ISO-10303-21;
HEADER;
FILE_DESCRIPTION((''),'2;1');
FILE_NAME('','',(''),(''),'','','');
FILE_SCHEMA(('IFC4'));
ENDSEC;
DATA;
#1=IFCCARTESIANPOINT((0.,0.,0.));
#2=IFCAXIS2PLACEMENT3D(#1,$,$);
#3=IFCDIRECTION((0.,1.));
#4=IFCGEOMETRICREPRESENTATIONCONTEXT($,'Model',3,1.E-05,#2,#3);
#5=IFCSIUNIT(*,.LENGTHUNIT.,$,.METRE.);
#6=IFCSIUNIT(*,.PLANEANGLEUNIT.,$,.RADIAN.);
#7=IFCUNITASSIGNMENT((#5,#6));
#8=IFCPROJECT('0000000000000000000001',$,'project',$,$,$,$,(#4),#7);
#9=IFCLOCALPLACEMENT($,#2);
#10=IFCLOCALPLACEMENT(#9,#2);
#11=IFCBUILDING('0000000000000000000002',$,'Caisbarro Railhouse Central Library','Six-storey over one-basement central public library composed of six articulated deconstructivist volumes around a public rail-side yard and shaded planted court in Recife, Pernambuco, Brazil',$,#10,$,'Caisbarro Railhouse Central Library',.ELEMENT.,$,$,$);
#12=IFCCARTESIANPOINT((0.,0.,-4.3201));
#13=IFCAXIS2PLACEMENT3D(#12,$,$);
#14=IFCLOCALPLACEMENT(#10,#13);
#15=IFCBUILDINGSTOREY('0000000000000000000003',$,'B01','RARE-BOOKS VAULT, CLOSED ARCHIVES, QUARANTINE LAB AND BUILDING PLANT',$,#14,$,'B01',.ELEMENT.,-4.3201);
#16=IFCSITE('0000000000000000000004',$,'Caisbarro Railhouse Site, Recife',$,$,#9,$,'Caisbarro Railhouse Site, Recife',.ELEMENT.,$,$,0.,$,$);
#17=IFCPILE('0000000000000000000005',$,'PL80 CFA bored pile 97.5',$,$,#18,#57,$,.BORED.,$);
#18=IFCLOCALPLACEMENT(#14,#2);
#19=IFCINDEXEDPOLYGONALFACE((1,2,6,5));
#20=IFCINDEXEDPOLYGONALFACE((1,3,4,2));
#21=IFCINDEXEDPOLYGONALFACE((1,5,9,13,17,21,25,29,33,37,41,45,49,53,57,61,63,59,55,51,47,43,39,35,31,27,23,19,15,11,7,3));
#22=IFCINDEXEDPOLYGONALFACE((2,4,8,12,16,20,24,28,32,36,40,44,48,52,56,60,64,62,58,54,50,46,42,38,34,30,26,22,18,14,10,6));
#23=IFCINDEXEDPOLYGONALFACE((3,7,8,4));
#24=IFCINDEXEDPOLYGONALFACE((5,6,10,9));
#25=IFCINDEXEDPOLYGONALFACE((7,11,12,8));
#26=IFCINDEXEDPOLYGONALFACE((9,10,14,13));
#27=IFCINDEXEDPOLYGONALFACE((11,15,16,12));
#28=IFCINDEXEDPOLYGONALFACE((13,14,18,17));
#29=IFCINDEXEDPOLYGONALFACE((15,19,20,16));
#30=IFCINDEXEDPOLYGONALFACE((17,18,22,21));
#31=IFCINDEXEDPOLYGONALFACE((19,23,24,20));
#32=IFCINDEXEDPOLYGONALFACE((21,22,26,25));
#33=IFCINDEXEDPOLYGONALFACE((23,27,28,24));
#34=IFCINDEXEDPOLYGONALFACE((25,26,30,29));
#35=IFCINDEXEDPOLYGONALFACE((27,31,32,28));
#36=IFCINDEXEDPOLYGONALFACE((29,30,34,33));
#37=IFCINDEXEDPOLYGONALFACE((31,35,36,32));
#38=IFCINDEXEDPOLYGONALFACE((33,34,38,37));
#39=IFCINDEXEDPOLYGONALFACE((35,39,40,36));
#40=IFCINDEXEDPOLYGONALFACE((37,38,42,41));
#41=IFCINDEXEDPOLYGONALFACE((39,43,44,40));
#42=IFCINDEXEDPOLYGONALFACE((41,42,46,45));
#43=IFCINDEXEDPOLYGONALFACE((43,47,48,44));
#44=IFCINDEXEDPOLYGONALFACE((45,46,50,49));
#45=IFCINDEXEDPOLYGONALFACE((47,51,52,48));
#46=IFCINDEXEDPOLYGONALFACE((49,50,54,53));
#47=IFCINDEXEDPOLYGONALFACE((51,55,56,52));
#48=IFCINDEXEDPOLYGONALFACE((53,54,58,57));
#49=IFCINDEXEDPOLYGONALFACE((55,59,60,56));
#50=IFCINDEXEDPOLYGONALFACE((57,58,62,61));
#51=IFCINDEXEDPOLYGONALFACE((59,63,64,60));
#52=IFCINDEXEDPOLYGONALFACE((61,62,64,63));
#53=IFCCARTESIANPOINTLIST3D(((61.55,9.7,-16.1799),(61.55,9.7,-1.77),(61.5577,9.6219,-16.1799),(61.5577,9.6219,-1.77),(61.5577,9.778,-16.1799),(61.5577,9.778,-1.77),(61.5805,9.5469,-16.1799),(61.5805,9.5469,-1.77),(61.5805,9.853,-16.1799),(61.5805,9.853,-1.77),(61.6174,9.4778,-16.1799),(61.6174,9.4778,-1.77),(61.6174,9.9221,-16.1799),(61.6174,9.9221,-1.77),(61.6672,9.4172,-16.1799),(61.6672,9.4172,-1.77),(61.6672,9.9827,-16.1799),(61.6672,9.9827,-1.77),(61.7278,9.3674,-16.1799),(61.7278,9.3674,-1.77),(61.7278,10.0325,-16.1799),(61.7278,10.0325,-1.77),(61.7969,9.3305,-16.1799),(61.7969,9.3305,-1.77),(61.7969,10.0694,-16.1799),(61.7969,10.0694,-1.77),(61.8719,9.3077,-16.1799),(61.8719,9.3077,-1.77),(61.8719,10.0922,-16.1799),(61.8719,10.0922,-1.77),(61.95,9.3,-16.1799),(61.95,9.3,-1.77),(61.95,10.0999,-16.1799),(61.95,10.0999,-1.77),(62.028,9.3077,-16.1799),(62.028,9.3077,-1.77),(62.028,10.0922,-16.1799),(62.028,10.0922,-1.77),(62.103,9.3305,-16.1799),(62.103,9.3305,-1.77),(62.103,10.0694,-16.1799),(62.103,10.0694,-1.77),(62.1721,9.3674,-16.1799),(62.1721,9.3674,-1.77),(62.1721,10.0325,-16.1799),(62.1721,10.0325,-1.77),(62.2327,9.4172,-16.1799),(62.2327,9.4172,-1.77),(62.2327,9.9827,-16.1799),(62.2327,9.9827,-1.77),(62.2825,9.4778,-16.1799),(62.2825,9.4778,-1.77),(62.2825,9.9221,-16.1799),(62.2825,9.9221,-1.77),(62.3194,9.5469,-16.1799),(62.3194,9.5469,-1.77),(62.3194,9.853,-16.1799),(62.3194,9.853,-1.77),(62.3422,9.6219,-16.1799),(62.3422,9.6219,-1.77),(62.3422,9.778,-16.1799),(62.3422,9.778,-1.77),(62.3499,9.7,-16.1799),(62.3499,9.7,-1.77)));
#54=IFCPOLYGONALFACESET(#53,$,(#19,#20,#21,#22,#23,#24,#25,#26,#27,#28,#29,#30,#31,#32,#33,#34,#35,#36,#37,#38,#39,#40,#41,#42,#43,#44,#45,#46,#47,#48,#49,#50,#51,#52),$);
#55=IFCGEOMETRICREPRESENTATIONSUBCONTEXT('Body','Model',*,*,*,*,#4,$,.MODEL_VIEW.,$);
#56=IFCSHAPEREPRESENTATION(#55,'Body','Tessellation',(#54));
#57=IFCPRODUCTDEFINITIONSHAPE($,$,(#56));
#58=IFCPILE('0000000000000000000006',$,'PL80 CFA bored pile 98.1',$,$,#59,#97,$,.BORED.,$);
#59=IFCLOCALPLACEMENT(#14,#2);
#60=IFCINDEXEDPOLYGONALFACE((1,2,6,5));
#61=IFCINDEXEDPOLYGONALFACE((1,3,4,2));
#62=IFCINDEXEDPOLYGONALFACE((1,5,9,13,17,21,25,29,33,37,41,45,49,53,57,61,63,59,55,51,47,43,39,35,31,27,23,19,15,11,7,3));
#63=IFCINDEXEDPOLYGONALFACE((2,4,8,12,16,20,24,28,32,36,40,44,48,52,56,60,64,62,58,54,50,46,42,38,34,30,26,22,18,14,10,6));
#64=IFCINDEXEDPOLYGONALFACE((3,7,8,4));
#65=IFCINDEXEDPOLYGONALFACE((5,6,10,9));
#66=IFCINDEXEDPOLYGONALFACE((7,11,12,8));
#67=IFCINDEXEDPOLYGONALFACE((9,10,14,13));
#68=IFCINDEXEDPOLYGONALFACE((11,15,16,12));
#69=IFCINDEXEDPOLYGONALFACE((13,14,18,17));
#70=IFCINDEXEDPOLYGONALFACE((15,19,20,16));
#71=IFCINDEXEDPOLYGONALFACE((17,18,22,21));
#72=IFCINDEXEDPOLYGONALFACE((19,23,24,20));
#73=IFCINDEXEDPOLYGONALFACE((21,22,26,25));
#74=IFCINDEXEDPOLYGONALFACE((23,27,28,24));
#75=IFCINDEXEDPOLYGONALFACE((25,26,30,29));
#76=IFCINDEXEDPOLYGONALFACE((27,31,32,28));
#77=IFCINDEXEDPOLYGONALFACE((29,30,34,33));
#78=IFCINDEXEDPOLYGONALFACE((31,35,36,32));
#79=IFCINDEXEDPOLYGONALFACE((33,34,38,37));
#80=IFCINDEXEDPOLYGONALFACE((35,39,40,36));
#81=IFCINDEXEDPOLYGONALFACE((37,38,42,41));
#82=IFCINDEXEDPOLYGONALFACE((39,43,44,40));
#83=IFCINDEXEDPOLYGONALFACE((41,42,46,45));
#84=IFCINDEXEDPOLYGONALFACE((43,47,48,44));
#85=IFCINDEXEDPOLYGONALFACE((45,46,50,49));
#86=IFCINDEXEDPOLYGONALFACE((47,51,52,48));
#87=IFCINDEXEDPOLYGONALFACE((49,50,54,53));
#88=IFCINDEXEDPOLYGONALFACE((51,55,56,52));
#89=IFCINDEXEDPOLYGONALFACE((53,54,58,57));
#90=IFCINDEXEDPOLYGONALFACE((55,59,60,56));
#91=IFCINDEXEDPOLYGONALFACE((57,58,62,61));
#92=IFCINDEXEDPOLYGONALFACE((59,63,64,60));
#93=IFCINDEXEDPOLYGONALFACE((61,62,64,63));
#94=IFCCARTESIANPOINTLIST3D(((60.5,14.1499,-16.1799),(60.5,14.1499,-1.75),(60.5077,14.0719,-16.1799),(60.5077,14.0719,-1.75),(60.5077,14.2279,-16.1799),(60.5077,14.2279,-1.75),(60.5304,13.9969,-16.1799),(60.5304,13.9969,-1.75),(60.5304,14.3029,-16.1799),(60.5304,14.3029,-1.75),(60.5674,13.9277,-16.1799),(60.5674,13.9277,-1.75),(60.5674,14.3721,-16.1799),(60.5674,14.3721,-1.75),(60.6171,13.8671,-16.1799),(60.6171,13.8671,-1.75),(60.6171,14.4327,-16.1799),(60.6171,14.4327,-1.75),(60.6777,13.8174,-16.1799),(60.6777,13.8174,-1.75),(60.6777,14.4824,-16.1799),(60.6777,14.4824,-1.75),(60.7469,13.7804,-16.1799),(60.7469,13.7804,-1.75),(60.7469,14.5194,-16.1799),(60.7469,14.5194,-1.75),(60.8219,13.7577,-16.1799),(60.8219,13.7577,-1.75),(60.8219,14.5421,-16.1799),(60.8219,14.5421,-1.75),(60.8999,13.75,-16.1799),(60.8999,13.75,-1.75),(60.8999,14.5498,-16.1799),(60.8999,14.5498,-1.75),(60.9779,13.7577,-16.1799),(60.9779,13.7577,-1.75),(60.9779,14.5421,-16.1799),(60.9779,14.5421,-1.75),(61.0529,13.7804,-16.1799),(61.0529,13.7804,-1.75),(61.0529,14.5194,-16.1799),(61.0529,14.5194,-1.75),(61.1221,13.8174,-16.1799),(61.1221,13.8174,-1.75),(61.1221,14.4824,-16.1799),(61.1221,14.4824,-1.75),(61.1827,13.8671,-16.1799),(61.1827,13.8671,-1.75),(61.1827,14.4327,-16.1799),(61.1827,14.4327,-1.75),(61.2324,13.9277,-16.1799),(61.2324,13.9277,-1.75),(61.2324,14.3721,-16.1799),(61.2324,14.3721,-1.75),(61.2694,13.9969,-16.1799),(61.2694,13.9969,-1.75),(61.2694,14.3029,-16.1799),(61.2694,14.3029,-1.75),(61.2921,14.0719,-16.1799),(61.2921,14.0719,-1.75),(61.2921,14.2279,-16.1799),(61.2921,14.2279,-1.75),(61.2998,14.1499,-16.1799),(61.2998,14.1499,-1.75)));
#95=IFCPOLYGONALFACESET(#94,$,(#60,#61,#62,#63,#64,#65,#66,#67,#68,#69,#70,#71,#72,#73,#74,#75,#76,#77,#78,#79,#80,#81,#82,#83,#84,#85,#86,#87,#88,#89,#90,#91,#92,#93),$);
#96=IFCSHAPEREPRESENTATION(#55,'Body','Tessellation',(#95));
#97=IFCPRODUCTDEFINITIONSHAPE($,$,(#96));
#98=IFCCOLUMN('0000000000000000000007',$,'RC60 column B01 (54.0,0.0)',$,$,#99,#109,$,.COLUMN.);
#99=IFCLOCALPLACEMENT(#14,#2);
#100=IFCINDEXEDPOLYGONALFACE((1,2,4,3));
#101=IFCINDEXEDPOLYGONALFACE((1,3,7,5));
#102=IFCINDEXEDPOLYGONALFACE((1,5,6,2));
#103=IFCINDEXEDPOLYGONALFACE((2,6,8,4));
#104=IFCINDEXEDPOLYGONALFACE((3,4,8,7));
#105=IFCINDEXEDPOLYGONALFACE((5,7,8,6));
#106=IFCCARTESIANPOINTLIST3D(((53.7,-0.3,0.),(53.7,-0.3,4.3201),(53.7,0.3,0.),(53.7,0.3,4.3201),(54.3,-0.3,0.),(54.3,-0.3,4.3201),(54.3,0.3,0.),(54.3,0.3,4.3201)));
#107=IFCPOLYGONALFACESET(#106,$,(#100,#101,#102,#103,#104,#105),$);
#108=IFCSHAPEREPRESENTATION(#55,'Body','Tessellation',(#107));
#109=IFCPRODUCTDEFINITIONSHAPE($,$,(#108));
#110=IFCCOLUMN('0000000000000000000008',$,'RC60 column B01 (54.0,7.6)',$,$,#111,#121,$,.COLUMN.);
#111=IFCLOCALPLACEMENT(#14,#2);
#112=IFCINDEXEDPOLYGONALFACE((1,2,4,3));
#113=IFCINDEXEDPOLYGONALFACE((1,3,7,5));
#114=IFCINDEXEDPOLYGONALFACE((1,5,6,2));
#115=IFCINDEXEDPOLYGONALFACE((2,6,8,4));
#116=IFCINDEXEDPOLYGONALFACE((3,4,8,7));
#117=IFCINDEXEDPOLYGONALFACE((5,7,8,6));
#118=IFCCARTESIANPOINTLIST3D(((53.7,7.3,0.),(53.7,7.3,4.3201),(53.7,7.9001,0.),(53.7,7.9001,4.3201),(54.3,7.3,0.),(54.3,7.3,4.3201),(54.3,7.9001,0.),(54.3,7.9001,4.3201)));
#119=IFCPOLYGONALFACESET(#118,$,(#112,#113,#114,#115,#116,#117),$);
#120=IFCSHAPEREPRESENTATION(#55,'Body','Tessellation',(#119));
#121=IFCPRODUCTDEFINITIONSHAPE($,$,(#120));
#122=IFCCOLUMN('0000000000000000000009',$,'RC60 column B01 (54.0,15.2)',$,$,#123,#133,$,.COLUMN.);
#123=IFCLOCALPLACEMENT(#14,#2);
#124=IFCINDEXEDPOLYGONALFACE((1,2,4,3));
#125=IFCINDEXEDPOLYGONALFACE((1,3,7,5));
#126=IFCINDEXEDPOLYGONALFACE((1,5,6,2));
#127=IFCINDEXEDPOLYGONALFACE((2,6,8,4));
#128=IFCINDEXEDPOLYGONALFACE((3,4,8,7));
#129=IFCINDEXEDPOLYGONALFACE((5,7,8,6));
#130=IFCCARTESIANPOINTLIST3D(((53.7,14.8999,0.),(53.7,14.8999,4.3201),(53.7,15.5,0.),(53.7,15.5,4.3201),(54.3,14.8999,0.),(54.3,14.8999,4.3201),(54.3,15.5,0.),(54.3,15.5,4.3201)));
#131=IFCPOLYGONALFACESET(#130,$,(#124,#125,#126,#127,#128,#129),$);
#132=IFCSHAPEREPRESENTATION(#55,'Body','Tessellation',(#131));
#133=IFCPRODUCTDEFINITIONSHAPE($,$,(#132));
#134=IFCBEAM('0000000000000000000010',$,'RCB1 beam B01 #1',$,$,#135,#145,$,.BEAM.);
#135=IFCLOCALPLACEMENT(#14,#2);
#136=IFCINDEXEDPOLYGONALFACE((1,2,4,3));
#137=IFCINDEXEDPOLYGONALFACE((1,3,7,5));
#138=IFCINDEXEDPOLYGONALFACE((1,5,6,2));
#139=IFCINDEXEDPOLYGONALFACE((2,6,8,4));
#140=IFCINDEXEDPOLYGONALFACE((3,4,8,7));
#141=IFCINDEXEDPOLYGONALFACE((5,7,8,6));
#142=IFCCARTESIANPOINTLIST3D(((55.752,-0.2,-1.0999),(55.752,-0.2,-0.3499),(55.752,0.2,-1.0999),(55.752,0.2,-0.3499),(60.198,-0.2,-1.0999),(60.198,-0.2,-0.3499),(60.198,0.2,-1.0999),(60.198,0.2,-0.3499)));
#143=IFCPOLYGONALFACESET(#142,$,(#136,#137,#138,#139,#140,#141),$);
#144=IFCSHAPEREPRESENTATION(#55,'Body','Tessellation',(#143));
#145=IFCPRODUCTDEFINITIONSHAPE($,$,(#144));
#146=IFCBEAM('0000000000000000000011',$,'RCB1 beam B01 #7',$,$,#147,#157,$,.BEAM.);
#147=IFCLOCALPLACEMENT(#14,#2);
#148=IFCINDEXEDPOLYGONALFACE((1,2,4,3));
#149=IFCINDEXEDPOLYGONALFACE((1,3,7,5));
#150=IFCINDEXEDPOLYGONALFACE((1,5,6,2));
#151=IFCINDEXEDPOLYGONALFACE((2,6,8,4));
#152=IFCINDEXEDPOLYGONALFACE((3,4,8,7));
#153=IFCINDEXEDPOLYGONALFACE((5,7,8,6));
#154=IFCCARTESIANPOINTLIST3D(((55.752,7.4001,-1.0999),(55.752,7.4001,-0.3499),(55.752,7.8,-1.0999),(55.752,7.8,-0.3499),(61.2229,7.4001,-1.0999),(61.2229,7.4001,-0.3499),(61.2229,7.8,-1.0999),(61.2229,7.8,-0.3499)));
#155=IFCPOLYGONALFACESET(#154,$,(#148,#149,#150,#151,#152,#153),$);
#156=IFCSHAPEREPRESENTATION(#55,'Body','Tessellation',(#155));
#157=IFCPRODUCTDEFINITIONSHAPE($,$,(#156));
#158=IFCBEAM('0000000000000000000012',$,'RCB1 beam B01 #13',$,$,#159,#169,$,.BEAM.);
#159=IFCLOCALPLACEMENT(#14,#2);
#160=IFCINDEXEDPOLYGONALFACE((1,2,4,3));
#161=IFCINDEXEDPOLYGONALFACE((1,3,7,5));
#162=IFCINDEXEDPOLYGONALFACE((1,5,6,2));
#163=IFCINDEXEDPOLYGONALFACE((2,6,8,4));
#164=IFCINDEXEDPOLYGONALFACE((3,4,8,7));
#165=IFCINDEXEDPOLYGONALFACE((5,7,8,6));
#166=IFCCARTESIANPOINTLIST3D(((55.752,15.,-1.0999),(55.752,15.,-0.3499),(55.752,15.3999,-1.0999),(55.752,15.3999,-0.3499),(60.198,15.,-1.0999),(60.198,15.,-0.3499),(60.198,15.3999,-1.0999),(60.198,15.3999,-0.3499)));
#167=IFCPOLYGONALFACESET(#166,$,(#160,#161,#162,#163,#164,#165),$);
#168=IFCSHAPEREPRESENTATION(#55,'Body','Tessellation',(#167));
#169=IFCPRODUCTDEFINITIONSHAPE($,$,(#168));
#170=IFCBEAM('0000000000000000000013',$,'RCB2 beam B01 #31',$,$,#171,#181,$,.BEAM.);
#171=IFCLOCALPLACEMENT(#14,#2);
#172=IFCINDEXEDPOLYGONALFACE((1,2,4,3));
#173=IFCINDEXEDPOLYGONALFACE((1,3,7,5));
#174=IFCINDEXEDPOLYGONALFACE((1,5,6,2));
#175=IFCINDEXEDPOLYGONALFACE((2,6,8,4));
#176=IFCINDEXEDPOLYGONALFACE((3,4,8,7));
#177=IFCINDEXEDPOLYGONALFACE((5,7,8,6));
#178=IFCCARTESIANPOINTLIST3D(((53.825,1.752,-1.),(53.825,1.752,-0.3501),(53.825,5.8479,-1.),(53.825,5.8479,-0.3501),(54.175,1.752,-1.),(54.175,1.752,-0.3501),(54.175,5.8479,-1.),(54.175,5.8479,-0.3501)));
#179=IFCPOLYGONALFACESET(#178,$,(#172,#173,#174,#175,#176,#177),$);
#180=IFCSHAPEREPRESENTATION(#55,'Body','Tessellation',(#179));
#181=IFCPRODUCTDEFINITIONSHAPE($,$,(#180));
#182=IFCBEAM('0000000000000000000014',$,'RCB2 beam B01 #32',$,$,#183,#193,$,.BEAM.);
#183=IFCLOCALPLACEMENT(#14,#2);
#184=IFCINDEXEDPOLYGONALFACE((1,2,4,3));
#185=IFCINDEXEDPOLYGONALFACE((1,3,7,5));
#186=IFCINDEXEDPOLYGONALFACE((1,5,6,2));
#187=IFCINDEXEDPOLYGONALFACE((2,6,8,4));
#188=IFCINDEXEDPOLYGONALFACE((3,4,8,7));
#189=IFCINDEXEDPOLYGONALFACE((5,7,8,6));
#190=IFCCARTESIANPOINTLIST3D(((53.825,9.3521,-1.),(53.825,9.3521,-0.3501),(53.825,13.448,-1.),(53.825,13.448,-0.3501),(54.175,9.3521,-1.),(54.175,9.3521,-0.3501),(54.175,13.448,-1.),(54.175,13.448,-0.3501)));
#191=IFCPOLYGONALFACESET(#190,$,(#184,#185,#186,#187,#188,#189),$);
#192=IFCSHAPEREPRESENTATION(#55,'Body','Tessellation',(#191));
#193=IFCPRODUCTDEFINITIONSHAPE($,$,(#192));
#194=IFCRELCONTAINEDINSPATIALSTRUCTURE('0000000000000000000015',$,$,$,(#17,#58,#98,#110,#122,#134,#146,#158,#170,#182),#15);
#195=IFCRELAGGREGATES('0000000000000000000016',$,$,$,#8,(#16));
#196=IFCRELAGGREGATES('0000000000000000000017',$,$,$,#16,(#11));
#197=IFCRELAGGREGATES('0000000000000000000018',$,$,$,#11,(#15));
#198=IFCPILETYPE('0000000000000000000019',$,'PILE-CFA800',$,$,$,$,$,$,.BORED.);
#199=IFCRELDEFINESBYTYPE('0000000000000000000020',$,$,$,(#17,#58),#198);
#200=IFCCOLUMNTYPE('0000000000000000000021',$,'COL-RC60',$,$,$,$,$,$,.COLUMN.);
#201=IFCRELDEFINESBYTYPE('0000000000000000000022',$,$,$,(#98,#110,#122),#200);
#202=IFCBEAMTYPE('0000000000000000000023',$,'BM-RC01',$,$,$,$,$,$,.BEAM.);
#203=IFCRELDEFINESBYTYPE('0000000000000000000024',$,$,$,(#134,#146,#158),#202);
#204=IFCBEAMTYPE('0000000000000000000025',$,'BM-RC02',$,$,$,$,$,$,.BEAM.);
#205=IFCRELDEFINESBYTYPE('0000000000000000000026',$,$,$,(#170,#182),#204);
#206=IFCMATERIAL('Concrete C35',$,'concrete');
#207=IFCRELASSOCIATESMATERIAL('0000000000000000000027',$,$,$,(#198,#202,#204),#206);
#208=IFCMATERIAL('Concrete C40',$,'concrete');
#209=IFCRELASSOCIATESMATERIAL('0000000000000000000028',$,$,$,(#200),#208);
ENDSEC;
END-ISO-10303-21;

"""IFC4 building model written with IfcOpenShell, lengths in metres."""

from ifc_helpers import new_model, si_unit, direction, frame, origin, origin_2d, place, context, subcontext, project, spatial, rectangle, circle, extrude, material, material_profile, profile_set, type_object, element, save


model = new_model("IFC4")

# Units and contexts
model_context = context("Model", 3, precision=1e-05, world=origin(), true_north=direction((0.0, 1.0)))
body_context = subcontext(model_context, "Body", "Model", "MODEL_VIEW")
ifc_project = project(units=[si_unit("LENGTHUNIT", "METRE"), si_unit("PLANEANGLEUNIT", "RADIAN")], contexts=[model_context])

# Site, building, storey
site_placement = place(None, origin())
site = spatial("IfcSite", under=ifc_project, at=site_placement, Name="Caisbarro Railhouse Site, Recife", LongName="Caisbarro Railhouse Site, Recife", CompositionType="ELEMENT", RefElevation=0.0)
building_placement = place(site_placement, origin())
building = spatial("IfcBuilding", under=site, at=building_placement, Name="Caisbarro Railhouse Central Library", Description="Six-storey over one-basement central public library composed of six articulated deconstructivist volumes around a public rail-side yard and shaded planted court in Recife, Pernambuco, Brazil", LongName="Caisbarro Railhouse Central Library", CompositionType="ELEMENT")
storey_placement = place(building_placement, frame((0.0, 0.0, -4.3201)))
storey = spatial("IfcBuildingStorey", under=building, at=storey_placement, Name="B01", Description="RARE-BOOKS VAULT, CLOSED ARCHIVES, QUARANTINE LAB AND BUILDING PLANT", LongName="B01", CompositionType="ELEMENT", Elevation=-4.3201)

# Shared definitions
ifc_material_1 = material(Name="Concrete C40", Category="concrete")

# Piles
ifc_material_2 = material(Name="Concrete C35", Category="concrete")
ifc_material_profile_1 = material_profile(ifc_material_2, circle(Radius=0.3999, at=origin_2d()), Name="PILE-CFA-800")
ifc_profile_set_1 = profile_set([ifc_material_profile_1], Name="Concrete C35")
pile_type = type_object("IfcPileType", Name="PILE-CFA800", PredefinedType="BORED", material=ifc_profile_set_1)
for number, where, z_axis, x_axis, name in (
    (1, (61.95, 9.7, -1.77), (0.0, 0.0, -1.0), (1.0, 0.0, 0.0), "PL80 CFA bored pile 97.5"),
):
    element("IfcPile", number, at=place(storey_placement, frame(where, z_axis=z_axis, x_axis=x_axis)), inside=storey, type_object=pile_type, Name=name, PredefinedType="BORED", context=body_context, shape_type="SweptSolid", body=[
        extrude(circle(Radius=0.3999, at=origin_2d()), origin(), (0.0, 0.0, 1.0), 14.4099),
    ])
pile_placement = place(storey_placement, frame((60.8999, 14.1499, -1.75), z_axis=(0.0, 0.0, -1.0), x_axis=(1.0, 0.0, 0.0)))
element("IfcPile", 2, at=pile_placement, inside=storey, type_object=pile_type, Name="PL80 CFA bored pile 98.1", PredefinedType="BORED", context=body_context, shape_type="SweptSolid", body=[
    extrude(circle(Radius=0.3999, at=origin_2d()), origin(), (0.0, 0.0, 1.0), 14.4299),
])

# Columns
ifc_material_profile_2 = material_profile(ifc_material_1, rectangle(XDim=0.6001, YDim=0.6001, at=origin_2d()), Name="RC-COL-600X600")
ifc_profile_set_2 = profile_set([ifc_material_profile_2], Name="Concrete C40")
column_type = type_object("IfcColumnType", Name="COL-RC60", PredefinedType="COLUMN", material=ifc_profile_set_2)
for number, where, z_axis, x_axis, name in (
    (3, (54.0, 0.0, 0.0), (0.0, 0.0, 1.0), (1.0, 0.0, 0.0), "RC60 column B01 (54.0,0.0)"),
    (4, (54.0, 7.6001, 0.0), (0.0, 0.0, 1.0), (1.0, 0.0, 0.0), "RC60 column B01 (54.0,7.6)"),
    (5, (54.0, 15.2, 0.0), (0.0, 0.0, 1.0), (1.0, 0.0, 0.0), "RC60 column B01 (54.0,15.2)"),
):
    element("IfcColumn", number, at=place(storey_placement, frame(where, z_axis=z_axis, x_axis=x_axis)), inside=storey, type_object=column_type, Name=name, PredefinedType="COLUMN", context=body_context, shape_type="SweptSolid", body=[
        extrude(rectangle(XDim=0.6001, YDim=0.6001, at=origin_2d()), origin(), (0.0, 0.0, 1.0), 4.3201),
    ])

# Beams
ifc_material_profile_3 = material_profile(ifc_material_2, rectangle(XDim=0.3999, YDim=0.75, at=origin_2d()), Name="RC-BM-400X750")
ifc_profile_set_3 = profile_set([ifc_material_profile_3], Name="Concrete C35")
beam_type_1 = type_object("IfcBeamType", Name="BM-RC01", PredefinedType="BEAM", material=ifc_profile_set_3)
beam_1_placement = place(storey_placement, frame((55.752, 0.0, -0.7249), z_axis=(1.0, 0.0, 0.0), x_axis=(0.0, 1.0, 0.0)))
element("IfcBeam", 6, at=beam_1_placement, inside=storey, type_object=beam_type_1, Name="RCB1 beam B01 #1", PredefinedType="BEAM", context=body_context, shape_type="SweptSolid", body=[
    extrude(rectangle(XDim=0.3999, YDim=0.75, at=origin_2d()), origin(), (0.0, 0.0, 1.0), 4.446),
])
beam_2_placement = place(storey_placement, frame((55.752, 7.6001, -0.7249), z_axis=(1.0, 0.0, 0.0), x_axis=(0.0, 1.0, 0.0)))
element("IfcBeam", 7, at=beam_2_placement, inside=storey, type_object=beam_type_1, Name="RCB1 beam B01 #7", PredefinedType="BEAM", context=body_context, shape_type="SweptSolid", body=[
    extrude(rectangle(XDim=0.3999, YDim=0.75, at=origin_2d()), origin(), (0.0, 0.0, 1.0), 5.4709),
])
beam_3_placement = place(storey_placement, frame((55.752, 15.2, -0.7249), z_axis=(1.0, 0.0, 0.0), x_axis=(0.0, 1.0, 0.0)))
element("IfcBeam", 8, at=beam_3_placement, inside=storey, type_object=beam_type_1, Name="RCB1 beam B01 #13", PredefinedType="BEAM", context=body_context, shape_type="SweptSolid", body=[
    extrude(rectangle(XDim=0.3999, YDim=0.75, at=origin_2d()), origin(), (0.0, 0.0, 1.0), 4.446),
])
ifc_material_profile_4 = material_profile(ifc_material_2, rectangle(XDim=0.3501, YDim=0.6499, at=origin_2d()), Name="RC-BM-350X650")
ifc_profile_set_4 = profile_set([ifc_material_profile_4], Name="Concrete C35")
beam_type_2 = type_object("IfcBeamType", Name="BM-RC02", PredefinedType="BEAM", material=ifc_profile_set_4)
for number, where, z_axis, x_axis, name in (
    (9, (54.0, 1.752, -0.675), (0.0, 1.0, 0.0), (-1.0, 0.0, 0.0), "RCB2 beam B01 #31"),
    (10, (54.0, 9.3521, -0.675), (0.0, 1.0, 0.0), (-1.0, 0.0, 0.0), "RCB2 beam B01 #32"),
):
    element("IfcBeam", number, at=place(storey_placement, frame(where, z_axis=z_axis, x_axis=x_axis)), inside=storey, type_object=beam_type_2, Name=name, PredefinedType="BEAM", context=body_context, shape_type="SweptSolid", body=[
        extrude(rectangle(XDim=0.3501, YDim=0.6499, at=origin_2d()), origin(), (0.0, 0.0, 1.0), 4.0959),
    ])

save(model, "model.ifc")
